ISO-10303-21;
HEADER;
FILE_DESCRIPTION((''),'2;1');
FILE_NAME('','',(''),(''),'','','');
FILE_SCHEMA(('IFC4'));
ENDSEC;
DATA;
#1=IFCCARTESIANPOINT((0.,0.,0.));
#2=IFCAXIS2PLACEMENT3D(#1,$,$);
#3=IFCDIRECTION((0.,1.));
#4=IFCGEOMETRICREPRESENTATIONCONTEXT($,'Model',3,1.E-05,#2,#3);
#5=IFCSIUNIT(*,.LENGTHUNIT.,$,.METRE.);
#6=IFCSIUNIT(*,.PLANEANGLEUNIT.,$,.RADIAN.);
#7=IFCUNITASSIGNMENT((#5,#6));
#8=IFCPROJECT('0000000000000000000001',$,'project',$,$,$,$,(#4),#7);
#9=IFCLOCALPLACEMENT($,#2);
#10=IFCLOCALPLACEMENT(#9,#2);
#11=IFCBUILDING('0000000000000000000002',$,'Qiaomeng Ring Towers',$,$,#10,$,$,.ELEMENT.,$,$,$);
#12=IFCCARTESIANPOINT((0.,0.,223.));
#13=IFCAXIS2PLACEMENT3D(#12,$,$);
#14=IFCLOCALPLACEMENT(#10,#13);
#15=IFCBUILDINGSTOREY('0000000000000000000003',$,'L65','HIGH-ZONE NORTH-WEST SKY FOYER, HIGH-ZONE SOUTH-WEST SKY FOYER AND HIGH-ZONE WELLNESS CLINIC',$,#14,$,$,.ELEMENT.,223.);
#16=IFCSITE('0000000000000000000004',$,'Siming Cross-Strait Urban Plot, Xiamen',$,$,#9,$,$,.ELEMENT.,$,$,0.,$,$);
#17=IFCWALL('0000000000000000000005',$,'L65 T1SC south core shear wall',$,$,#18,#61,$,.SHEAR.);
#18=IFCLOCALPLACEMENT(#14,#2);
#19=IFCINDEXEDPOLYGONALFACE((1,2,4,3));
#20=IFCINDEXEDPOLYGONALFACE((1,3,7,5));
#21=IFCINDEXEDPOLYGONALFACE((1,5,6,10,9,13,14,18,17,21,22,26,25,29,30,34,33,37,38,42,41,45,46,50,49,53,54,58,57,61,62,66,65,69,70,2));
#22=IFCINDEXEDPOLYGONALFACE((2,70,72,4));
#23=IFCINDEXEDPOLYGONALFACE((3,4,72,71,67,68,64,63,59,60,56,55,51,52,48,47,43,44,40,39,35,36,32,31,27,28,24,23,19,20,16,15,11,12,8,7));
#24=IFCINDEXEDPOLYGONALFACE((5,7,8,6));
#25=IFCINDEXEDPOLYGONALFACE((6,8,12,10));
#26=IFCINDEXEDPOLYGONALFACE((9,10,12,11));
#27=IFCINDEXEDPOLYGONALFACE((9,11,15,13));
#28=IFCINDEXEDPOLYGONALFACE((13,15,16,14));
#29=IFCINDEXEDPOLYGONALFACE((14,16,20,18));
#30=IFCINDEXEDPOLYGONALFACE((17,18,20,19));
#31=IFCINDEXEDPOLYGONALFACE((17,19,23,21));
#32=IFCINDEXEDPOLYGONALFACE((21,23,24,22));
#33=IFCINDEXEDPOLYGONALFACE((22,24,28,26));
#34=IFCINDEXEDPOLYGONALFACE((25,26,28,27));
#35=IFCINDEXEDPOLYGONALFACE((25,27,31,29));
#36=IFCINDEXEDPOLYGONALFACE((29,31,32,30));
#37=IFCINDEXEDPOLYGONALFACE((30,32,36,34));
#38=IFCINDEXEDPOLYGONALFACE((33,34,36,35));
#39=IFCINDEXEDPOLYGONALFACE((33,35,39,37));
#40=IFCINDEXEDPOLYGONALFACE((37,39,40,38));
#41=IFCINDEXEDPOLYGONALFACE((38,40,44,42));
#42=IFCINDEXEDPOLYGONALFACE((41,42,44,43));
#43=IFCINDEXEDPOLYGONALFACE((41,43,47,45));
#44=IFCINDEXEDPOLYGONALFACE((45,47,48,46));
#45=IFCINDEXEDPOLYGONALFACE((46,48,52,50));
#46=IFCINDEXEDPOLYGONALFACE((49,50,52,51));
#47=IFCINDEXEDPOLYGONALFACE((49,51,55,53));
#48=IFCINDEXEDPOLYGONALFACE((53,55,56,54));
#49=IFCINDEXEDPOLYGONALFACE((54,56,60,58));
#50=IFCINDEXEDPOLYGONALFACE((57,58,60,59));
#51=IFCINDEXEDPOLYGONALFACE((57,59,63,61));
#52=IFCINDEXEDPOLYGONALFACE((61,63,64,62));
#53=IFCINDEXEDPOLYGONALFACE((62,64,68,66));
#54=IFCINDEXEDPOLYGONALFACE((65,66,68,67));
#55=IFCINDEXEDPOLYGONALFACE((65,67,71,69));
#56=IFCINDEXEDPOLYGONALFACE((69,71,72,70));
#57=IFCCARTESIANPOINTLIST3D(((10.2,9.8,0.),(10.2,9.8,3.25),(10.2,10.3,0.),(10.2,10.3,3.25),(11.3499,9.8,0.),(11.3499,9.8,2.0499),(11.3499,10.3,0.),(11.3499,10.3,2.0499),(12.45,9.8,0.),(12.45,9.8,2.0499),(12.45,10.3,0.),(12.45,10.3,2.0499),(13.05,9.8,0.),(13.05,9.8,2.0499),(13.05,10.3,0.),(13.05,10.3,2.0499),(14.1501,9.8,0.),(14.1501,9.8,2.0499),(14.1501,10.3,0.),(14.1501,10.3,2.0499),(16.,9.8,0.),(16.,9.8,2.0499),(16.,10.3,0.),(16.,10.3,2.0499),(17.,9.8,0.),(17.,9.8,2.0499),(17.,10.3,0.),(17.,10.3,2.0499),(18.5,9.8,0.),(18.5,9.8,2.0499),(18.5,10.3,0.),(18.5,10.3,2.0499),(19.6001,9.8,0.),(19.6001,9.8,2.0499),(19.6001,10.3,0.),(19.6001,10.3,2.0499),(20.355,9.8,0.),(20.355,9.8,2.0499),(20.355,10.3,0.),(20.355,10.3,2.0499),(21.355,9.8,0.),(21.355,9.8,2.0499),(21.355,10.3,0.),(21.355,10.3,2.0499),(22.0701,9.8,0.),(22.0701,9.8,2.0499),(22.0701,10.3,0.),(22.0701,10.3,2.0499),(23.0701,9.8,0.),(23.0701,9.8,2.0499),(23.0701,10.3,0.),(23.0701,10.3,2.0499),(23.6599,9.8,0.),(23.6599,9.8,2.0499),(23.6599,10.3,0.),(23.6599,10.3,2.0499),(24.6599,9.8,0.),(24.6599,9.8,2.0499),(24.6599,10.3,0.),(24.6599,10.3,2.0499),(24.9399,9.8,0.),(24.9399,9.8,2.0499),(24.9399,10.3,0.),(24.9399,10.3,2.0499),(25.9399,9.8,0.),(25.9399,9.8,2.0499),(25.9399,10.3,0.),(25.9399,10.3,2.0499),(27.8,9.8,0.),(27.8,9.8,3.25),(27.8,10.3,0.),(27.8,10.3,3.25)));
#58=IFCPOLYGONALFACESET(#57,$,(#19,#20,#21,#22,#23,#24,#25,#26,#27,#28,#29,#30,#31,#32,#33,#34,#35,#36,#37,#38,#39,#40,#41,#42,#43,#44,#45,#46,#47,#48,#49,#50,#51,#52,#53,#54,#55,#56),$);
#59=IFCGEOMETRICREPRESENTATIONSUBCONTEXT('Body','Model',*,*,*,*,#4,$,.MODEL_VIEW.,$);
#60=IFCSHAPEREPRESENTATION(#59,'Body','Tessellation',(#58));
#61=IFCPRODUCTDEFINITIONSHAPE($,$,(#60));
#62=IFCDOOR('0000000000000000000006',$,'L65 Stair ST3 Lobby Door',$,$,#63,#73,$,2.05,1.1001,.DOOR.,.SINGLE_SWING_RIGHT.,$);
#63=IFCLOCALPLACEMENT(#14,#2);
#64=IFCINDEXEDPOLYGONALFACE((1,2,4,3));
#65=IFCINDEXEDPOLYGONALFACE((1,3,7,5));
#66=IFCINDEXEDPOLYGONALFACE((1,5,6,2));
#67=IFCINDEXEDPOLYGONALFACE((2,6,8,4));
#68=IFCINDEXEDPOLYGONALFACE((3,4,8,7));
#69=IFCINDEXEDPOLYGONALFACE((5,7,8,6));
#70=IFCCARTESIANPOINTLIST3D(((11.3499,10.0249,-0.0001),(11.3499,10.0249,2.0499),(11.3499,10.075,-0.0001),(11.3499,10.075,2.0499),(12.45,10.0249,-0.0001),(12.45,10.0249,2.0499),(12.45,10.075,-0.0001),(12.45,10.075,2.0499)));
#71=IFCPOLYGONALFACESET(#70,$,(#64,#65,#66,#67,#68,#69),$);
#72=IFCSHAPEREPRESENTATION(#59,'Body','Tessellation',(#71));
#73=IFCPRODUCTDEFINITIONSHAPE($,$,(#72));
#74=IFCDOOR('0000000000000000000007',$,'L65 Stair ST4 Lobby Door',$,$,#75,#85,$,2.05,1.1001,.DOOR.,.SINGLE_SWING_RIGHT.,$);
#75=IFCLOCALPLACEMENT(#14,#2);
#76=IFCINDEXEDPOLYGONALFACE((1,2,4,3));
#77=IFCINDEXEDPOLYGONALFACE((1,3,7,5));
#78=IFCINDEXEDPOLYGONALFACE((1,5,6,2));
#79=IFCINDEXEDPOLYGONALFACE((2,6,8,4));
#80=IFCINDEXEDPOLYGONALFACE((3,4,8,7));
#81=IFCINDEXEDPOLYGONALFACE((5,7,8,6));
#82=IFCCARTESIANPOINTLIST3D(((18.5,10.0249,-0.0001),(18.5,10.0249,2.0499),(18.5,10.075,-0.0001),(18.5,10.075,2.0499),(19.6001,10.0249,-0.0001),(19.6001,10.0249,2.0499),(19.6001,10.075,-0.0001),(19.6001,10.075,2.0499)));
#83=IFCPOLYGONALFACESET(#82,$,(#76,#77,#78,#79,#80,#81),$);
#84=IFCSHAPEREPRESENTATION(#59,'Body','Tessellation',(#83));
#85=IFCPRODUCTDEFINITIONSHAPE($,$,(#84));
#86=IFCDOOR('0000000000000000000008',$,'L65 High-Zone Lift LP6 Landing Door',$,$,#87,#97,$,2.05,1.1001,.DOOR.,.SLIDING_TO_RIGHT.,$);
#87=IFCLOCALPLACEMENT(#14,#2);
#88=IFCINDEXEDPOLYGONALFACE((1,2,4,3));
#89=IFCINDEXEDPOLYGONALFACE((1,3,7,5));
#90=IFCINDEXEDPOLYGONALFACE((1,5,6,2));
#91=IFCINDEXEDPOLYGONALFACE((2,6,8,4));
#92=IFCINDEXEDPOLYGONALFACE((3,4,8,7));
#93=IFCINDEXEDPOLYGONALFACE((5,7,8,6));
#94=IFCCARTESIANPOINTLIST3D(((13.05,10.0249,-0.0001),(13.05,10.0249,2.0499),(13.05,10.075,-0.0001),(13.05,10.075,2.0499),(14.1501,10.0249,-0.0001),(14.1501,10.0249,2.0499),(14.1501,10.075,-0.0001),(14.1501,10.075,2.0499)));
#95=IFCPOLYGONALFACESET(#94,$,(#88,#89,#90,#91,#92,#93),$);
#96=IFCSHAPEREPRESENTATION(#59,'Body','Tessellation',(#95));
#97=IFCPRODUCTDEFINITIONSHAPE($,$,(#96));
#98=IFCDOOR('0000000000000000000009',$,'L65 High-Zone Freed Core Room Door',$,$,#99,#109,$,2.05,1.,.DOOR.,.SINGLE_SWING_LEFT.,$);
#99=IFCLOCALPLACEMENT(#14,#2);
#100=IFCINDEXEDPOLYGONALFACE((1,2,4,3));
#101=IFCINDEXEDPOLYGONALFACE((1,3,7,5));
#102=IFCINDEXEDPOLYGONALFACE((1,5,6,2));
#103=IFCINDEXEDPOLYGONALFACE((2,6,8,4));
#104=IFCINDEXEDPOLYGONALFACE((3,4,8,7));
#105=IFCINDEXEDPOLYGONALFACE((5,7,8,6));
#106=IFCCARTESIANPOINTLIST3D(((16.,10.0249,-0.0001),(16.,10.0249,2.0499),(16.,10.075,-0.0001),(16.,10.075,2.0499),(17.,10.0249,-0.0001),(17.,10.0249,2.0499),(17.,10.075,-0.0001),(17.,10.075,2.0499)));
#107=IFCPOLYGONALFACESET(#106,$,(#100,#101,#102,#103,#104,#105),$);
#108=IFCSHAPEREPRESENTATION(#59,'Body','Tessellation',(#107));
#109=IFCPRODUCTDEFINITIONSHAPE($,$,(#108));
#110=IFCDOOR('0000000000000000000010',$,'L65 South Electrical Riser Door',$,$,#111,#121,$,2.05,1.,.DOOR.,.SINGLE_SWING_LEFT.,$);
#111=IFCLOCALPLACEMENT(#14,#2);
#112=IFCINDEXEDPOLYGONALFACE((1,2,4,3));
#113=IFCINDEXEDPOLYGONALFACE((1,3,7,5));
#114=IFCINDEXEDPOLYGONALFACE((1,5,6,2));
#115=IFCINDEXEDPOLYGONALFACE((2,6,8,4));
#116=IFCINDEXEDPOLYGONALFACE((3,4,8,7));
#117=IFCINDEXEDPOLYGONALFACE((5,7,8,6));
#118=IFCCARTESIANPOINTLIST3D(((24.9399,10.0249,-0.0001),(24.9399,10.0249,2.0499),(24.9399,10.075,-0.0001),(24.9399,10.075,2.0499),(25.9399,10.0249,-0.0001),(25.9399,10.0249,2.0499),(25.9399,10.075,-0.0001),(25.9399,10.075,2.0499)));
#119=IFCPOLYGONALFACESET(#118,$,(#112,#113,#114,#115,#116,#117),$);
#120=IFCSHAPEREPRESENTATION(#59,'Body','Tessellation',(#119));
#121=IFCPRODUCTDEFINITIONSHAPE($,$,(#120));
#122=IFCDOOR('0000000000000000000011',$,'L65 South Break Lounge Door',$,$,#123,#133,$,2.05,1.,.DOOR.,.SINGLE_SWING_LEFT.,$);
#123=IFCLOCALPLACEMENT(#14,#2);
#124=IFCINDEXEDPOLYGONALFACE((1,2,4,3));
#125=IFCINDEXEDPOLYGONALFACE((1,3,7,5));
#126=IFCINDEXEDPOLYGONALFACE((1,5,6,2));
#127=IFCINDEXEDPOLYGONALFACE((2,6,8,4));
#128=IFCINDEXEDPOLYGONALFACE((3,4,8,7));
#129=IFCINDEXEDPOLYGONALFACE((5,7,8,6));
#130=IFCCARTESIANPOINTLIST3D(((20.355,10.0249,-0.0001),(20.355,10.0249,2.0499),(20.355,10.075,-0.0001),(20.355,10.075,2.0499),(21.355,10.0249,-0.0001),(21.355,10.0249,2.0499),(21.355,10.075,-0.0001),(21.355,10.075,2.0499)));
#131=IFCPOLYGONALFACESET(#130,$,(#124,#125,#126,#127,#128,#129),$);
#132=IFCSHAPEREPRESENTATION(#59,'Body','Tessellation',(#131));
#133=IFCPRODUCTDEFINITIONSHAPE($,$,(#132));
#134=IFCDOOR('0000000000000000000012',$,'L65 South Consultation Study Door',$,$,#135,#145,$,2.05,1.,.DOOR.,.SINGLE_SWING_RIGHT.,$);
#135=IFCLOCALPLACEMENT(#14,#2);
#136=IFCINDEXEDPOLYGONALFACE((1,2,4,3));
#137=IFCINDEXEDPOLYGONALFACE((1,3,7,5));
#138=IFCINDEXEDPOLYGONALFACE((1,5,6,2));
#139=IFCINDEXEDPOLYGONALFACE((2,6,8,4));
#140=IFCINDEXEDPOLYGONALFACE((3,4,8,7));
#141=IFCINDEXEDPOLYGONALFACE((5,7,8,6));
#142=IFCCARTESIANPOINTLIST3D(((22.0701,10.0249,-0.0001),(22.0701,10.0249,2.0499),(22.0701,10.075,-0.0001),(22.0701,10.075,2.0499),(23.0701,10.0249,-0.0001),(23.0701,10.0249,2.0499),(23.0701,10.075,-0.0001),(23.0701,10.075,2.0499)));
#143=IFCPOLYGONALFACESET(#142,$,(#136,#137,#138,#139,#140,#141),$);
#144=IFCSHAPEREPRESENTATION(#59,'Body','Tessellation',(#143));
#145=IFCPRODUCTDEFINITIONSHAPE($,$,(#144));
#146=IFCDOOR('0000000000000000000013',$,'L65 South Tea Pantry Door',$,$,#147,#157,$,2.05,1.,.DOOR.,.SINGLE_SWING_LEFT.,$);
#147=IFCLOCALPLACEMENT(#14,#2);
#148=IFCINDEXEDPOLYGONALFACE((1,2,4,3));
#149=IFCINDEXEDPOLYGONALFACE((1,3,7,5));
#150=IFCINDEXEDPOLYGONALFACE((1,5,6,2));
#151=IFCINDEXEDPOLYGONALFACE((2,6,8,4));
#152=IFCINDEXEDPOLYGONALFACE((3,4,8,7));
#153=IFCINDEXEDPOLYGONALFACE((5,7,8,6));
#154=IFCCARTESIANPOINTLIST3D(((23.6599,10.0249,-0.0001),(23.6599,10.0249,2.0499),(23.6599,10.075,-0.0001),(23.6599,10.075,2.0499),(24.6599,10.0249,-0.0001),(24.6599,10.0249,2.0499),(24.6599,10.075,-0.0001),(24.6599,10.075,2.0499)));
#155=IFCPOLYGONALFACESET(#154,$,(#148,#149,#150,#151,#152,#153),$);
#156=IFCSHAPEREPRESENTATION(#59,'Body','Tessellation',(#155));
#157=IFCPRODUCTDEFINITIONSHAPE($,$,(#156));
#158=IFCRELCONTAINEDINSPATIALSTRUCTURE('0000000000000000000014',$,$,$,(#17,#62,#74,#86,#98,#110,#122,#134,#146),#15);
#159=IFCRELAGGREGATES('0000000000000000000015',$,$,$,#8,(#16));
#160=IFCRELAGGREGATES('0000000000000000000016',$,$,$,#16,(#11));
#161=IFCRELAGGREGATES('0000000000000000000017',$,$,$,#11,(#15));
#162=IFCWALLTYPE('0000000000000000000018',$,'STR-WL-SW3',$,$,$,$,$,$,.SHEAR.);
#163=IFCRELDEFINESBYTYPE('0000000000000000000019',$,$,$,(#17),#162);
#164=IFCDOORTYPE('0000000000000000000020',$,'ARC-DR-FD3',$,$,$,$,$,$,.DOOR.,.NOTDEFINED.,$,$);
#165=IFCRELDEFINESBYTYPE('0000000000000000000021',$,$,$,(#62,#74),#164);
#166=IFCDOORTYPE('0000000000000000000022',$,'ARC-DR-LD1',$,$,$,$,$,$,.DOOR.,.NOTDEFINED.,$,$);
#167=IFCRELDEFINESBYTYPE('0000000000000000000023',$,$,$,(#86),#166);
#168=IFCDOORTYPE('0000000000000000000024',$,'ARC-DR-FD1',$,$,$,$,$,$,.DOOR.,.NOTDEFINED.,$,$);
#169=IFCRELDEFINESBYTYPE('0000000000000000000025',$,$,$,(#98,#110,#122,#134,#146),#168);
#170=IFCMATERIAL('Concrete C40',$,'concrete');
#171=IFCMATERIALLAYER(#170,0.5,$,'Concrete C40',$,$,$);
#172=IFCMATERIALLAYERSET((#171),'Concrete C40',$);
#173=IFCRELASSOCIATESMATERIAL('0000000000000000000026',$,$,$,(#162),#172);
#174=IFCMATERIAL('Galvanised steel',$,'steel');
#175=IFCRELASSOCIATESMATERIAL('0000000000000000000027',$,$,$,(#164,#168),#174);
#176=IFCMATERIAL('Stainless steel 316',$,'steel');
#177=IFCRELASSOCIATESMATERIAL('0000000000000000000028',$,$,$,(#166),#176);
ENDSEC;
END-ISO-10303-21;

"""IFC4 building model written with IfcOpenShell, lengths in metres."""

from ifc_helpers import new_model, si_unit, direction, frame, frame_2d, origin, place, context, subcontext, project, spatial, rectangle, extrude, source, transform, mapped, material, layer, layer_set, type_object, element, fill, save


model = new_model("IFC4")

# Units and contexts
model_context = context("Model", 3, precision=1e-05, world=origin(), true_north=direction((0.0, 1.0)))
body_context = subcontext(model_context, "Body", "Model", "MODEL_VIEW")
ifc_project = project(units=[si_unit("LENGTHUNIT", "METRE"), si_unit("PLANEANGLEUNIT", "RADIAN")], contexts=[model_context])

# Site, building, storey
site_placement = place(None, origin())
site = spatial("IfcSite", under=ifc_project, at=site_placement, Name="Siming Cross-Strait Urban Plot, Xiamen", CompositionType="ELEMENT", RefElevation=0.0)
building_placement = place(site_placement, origin())
building = spatial("IfcBuilding", under=site, at=building_placement, Name="Qiaomeng Ring Towers", CompositionType="ELEMENT")
storey_placement = place(building_placement, frame((0.0, 0.0, 223.0)))
storey = spatial("IfcBuildingStorey", under=building, at=storey_placement, Name="L65", Description="HIGH-ZONE NORTH-WEST SKY FOYER, HIGH-ZONE SOUTH-WEST SKY FOYER AND HIGH-ZONE WELLNESS CLINIC", CompositionType="ELEMENT", Elevation=223.0)

# Shared definitions
ifc_material_1 = material(Name="Concrete C40", Category="concrete")

# Wall, openings, doors
ifc_layer_1 = layer(ifc_material_1, 0.5, Name="Concrete C40")
ifc_layer_set_1 = layer_set([ifc_layer_1], Name="Concrete C40")
wall_type_1 = type_object("IfcWallType", Name="STR-WL-SW3", PredefinedType="SHEAR", material=ifc_layer_set_1)
wall_1_placement = place(storey_placement, frame((10.2, 10.05, 0.0), z_axis=(0.0, 0.0, 1.0), x_axis=(1.0, 0.0, 0.0)))
wall_1 = element("IfcWall", 1, at=wall_1_placement, inside=storey, type_object=wall_type_1, Name="L65 T1SC south core shear wall", PredefinedType="SHEAR", context=body_context, shape_type="SweptSolid", body=[
    extrude(rectangle(XDim=17.6001, YDim=0.5, at=frame_2d((8.8, 0.0))), origin(), (0.0, 0.0, 1.0), 3.25),
])
opening_1_placement = place(wall_1_placement, frame((1.1499, 0.0, 0.0)))
opening_1 = element("IfcOpeningElement", 2, at=opening_1_placement, cuts=wall_1, PredefinedType="OPENING", context=body_context, shape_type="SweptSolid", body=[
    extrude(rectangle(XDim=1.1001, YDim=2.05, at=frame_2d((0.55, 1.0249))), frame((0.0, 0.26, 0.0), z_axis=(0.0, -1.0, 0.0), x_axis=(1.0, 0.0, 0.0)), (0.0, 0.0, 1.0), 0.52),
])
opening_2_placement = place(wall_1_placement, frame((8.3, 0.0, 0.0)))
opening_2 = element("IfcOpeningElement", 3, at=opening_2_placement, cuts=wall_1, PredefinedType="OPENING", context=body_context, shape_type="SweptSolid", body=[
    extrude(rectangle(XDim=1.1001, YDim=2.05, at=frame_2d((0.55, 1.0249))), frame((0.0, 0.26, 0.0), z_axis=(0.0, -1.0, 0.0), x_axis=(1.0, 0.0, 0.0)), (0.0, 0.0, 1.0), 0.52),
])
opening_3_placement = place(wall_1_placement, frame((2.8501, 0.0, 0.0)))
opening_3 = element("IfcOpeningElement", 4, at=opening_3_placement, cuts=wall_1, PredefinedType="OPENING", context=body_context, shape_type="SweptSolid", body=[
    extrude(rectangle(XDim=1.1001, YDim=2.05, at=frame_2d((0.55, 1.0249))), frame((0.0, 0.26, 0.0), z_axis=(0.0, -1.0, 0.0), x_axis=(1.0, 0.0, 0.0)), (0.0, 0.0, 1.0), 0.52),
])
opening_4_placement = place(wall_1_placement, frame((5.8, 0.0, 0.0)))
opening_4 = element("IfcOpeningElement", 5, at=opening_4_placement, cuts=wall_1, PredefinedType="OPENING", context=body_context, shape_type="SweptSolid", body=[
    extrude(rectangle(XDim=1.0, YDim=2.05, at=frame_2d((0.5, 1.0249))), frame((0.0, 0.26, 0.0), z_axis=(0.0, -1.0, 0.0), x_axis=(1.0, 0.0, 0.0)), (0.0, 0.0, 1.0), 0.52),
])
opening_5_placement = place(wall_1_placement, frame((14.74, 0.0, 0.0)))
opening_5 = element("IfcOpeningElement", 6, at=opening_5_placement, cuts=wall_1, PredefinedType="OPENING", context=body_context, shape_type="SweptSolid", body=[
    extrude(rectangle(XDim=1.0, YDim=2.05, at=frame_2d((0.5, 1.0249))), frame((0.0, 0.26, 0.0), z_axis=(0.0, -1.0, 0.0), x_axis=(1.0, 0.0, 0.0)), (0.0, 0.0, 1.0), 0.52),
])
opening_6_placement = place(wall_1_placement, frame((10.155, 0.0, 0.0)))
opening_6 = element("IfcOpeningElement", 7, at=opening_6_placement, cuts=wall_1, PredefinedType="OPENING", context=body_context, shape_type="SweptSolid", body=[
    extrude(rectangle(XDim=1.0, YDim=2.05, at=frame_2d((0.5, 1.0249))), frame((0.0, 0.26, 0.0), z_axis=(0.0, -1.0, 0.0), x_axis=(1.0, 0.0, 0.0)), (0.0, 0.0, 1.0), 0.52),
])
opening_7_placement = place(wall_1_placement, frame((11.8701, 0.0, 0.0)))
opening_7 = element("IfcOpeningElement", 8, at=opening_7_placement, cuts=wall_1, PredefinedType="OPENING", context=body_context, shape_type="SweptSolid", body=[
    extrude(rectangle(XDim=1.0, YDim=2.05, at=frame_2d((0.5, 1.0249))), frame((0.0, 0.26, 0.0), z_axis=(0.0, -1.0, 0.0), x_axis=(1.0, 0.0, 0.0)), (0.0, 0.0, 1.0), 0.52),
])
opening_8_placement = place(wall_1_placement, frame((13.46, 0.0, 0.0)))
opening_8 = element("IfcOpeningElement", 9, at=opening_8_placement, cuts=wall_1, PredefinedType="OPENING", context=body_context, shape_type="SweptSolid", body=[
    extrude(rectangle(XDim=1.0, YDim=2.05, at=frame_2d((0.5, 1.0249))), frame((0.0, 0.26, 0.0), z_axis=(0.0, -1.0, 0.0), x_axis=(1.0, 0.0, 0.0)), (0.0, 0.0, 1.0), 0.52),
])
ifc_material_2 = material(Name="Galvanised steel", Category="steel")
door_type_1 = type_object("IfcDoorType", Name="ARC-DR-FD3", OperationType="NOTDEFINED", PredefinedType="DOOR", material=ifc_material_2)
shared_shape_1 = source(origin(), body_context, "Body", "SweptSolid", [
    extrude(rectangle(XDim=1.1001, YDim=2.05, at=frame_2d((0.55, 1.0249))), frame((0.0, 0.0249, 0.0), z_axis=(0.0, -1.0, 0.0), x_axis=(1.0, 0.0, 0.0)), (0.0, 0.0, 1.0), 0.05),
])
door_1_placement = place(opening_1_placement, origin())
door_1 = element("IfcDoor", 10, at=door_1_placement, inside=storey, type_object=door_type_1, Name="L65 Stair ST3 Lobby Door", OperationType="SINGLE_SWING_RIGHT", OverallHeight=2.05, OverallWidth=1.1001, PredefinedType="DOOR", context=body_context, shape_type="MappedRepresentation", body=[
    mapped(shared_shape_1, transform((0.0, 0.0, 0.0), x_axis=(1.0, 0.0, 0.0), y_axis=(0.0, 1.0, 0.0), z_axis=(0.0, 0.0, 1.0), scale=1.0)),
])
fill(opening_1, door_1)
door_2_placement = place(opening_2_placement, origin())
door_2 = element("IfcDoor", 11, at=door_2_placement, inside=storey, type_object=door_type_1, Name="L65 Stair ST4 Lobby Door", OperationType="SINGLE_SWING_RIGHT", OverallHeight=2.05, OverallWidth=1.1001, PredefinedType="DOOR", context=body_context, shape_type="MappedRepresentation", body=[
    mapped(shared_shape_1, transform((0.0, 0.0, 0.0), x_axis=(1.0, 0.0, 0.0), y_axis=(0.0, 1.0, 0.0), z_axis=(0.0, 0.0, 1.0), scale=1.0)),
])
fill(opening_2, door_2)
ifc_material_3 = material(Name="Stainless steel 316", Category="steel")
door_type_2 = type_object("IfcDoorType", Name="ARC-DR-LD1", OperationType="NOTDEFINED", PredefinedType="DOOR", material=ifc_material_3)
door_3_placement = place(opening_3_placement, origin())
door_3 = element("IfcDoor", 12, at=door_3_placement, inside=storey, type_object=door_type_2, Name="L65 High-Zone Lift LP6 Landing Door", OperationType="SLIDING_TO_RIGHT", OverallHeight=2.05, OverallWidth=1.1001, PredefinedType="DOOR", context=body_context, shape_type="MappedRepresentation", body=[
    mapped(shared_shape_1, transform((0.0, 0.0, 0.0), x_axis=(1.0, 0.0, 0.0), y_axis=(0.0, 1.0, 0.0), z_axis=(0.0, 0.0, 1.0), scale=1.0)),
])
fill(opening_3, door_3)
door_type_3 = type_object("IfcDoorType", Name="ARC-DR-FD1", OperationType="NOTDEFINED", PredefinedType="DOOR", material=ifc_material_2)
shared_shape_2 = source(origin(), body_context, "Body", "SweptSolid", [
    extrude(rectangle(XDim=1.0, YDim=2.05, at=frame_2d((0.5, 1.0249))), frame((0.0, 0.0249, 0.0), z_axis=(0.0, -1.0, 0.0), x_axis=(1.0, 0.0, 0.0)), (0.0, 0.0, 1.0), 0.05),
])
door_4_placement = place(opening_4_placement, origin())
door_4 = element("IfcDoor", 13, at=door_4_placement, inside=storey, type_object=door_type_3, Name="L65 High-Zone Freed Core Room Door", OperationType="SINGLE_SWING_LEFT", OverallHeight=2.05, OverallWidth=1.0, PredefinedType="DOOR", context=body_context, shape_type="MappedRepresentation", body=[
    mapped(shared_shape_2, transform((0.0, 0.0, 0.0), x_axis=(1.0, 0.0, 0.0), y_axis=(0.0, 1.0, 0.0), z_axis=(0.0, 0.0, 1.0), scale=1.0)),
])
fill(opening_4, door_4)
door_5_placement = place(opening_5_placement, origin())
door_5 = element("IfcDoor", 14, at=door_5_placement, inside=storey, type_object=door_type_3, Name="L65 South Electrical Riser Door", OperationType="SINGLE_SWING_LEFT", OverallHeight=2.05, OverallWidth=1.0, PredefinedType="DOOR", context=body_context, shape_type="MappedRepresentation", body=[
    mapped(shared_shape_2, transform((0.0, 0.0, 0.0), x_axis=(1.0, 0.0, 0.0), y_axis=(0.0, 1.0, 0.0), z_axis=(0.0, 0.0, 1.0), scale=1.0)),
])
fill(opening_5, door_5)
door_6_placement = place(opening_6_placement, origin())
door_6 = element("IfcDoor", 15, at=door_6_placement, inside=storey, type_object=door_type_3, Name="L65 South Break Lounge Door", OperationType="SINGLE_SWING_LEFT", OverallHeight=2.05, OverallWidth=1.0, PredefinedType="DOOR", context=body_context, shape_type="MappedRepresentation", body=[
    mapped(shared_shape_2, transform((0.0, 0.0, 0.0), x_axis=(1.0, 0.0, 0.0), y_axis=(0.0, 1.0, 0.0), z_axis=(0.0, 0.0, 1.0), scale=1.0)),
])
fill(opening_6, door_6)
door_7_placement = place(opening_7_placement, origin())
door_7 = element("IfcDoor", 16, at=door_7_placement, inside=storey, type_object=door_type_3, Name="L65 South Consultation Study Door", OperationType="SINGLE_SWING_RIGHT", OverallHeight=2.05, OverallWidth=1.0, PredefinedType="DOOR", context=body_context, shape_type="MappedRepresentation", body=[
    mapped(shared_shape_2, transform((0.0, 0.0, 0.0), x_axis=(1.0, 0.0, 0.0), y_axis=(0.0, 1.0, 0.0), z_axis=(0.0, 0.0, 1.0), scale=1.0)),
])
fill(opening_7, door_7)
door_8_placement = place(opening_8_placement, origin())
door_8 = element("IfcDoor", 17, at=door_8_placement, inside=storey, type_object=door_type_3, Name="L65 South Tea Pantry Door", OperationType="SINGLE_SWING_LEFT", OverallHeight=2.05, OverallWidth=1.0, PredefinedType="DOOR", context=body_context, shape_type="MappedRepresentation", body=[
    mapped(shared_shape_2, transform((0.0, 0.0, 0.0), x_axis=(1.0, 0.0, 0.0), y_axis=(0.0, 1.0, 0.0), z_axis=(0.0, 0.0, 1.0), scale=1.0)),
])
fill(opening_8, door_8)

save(model, "model.ifc")
